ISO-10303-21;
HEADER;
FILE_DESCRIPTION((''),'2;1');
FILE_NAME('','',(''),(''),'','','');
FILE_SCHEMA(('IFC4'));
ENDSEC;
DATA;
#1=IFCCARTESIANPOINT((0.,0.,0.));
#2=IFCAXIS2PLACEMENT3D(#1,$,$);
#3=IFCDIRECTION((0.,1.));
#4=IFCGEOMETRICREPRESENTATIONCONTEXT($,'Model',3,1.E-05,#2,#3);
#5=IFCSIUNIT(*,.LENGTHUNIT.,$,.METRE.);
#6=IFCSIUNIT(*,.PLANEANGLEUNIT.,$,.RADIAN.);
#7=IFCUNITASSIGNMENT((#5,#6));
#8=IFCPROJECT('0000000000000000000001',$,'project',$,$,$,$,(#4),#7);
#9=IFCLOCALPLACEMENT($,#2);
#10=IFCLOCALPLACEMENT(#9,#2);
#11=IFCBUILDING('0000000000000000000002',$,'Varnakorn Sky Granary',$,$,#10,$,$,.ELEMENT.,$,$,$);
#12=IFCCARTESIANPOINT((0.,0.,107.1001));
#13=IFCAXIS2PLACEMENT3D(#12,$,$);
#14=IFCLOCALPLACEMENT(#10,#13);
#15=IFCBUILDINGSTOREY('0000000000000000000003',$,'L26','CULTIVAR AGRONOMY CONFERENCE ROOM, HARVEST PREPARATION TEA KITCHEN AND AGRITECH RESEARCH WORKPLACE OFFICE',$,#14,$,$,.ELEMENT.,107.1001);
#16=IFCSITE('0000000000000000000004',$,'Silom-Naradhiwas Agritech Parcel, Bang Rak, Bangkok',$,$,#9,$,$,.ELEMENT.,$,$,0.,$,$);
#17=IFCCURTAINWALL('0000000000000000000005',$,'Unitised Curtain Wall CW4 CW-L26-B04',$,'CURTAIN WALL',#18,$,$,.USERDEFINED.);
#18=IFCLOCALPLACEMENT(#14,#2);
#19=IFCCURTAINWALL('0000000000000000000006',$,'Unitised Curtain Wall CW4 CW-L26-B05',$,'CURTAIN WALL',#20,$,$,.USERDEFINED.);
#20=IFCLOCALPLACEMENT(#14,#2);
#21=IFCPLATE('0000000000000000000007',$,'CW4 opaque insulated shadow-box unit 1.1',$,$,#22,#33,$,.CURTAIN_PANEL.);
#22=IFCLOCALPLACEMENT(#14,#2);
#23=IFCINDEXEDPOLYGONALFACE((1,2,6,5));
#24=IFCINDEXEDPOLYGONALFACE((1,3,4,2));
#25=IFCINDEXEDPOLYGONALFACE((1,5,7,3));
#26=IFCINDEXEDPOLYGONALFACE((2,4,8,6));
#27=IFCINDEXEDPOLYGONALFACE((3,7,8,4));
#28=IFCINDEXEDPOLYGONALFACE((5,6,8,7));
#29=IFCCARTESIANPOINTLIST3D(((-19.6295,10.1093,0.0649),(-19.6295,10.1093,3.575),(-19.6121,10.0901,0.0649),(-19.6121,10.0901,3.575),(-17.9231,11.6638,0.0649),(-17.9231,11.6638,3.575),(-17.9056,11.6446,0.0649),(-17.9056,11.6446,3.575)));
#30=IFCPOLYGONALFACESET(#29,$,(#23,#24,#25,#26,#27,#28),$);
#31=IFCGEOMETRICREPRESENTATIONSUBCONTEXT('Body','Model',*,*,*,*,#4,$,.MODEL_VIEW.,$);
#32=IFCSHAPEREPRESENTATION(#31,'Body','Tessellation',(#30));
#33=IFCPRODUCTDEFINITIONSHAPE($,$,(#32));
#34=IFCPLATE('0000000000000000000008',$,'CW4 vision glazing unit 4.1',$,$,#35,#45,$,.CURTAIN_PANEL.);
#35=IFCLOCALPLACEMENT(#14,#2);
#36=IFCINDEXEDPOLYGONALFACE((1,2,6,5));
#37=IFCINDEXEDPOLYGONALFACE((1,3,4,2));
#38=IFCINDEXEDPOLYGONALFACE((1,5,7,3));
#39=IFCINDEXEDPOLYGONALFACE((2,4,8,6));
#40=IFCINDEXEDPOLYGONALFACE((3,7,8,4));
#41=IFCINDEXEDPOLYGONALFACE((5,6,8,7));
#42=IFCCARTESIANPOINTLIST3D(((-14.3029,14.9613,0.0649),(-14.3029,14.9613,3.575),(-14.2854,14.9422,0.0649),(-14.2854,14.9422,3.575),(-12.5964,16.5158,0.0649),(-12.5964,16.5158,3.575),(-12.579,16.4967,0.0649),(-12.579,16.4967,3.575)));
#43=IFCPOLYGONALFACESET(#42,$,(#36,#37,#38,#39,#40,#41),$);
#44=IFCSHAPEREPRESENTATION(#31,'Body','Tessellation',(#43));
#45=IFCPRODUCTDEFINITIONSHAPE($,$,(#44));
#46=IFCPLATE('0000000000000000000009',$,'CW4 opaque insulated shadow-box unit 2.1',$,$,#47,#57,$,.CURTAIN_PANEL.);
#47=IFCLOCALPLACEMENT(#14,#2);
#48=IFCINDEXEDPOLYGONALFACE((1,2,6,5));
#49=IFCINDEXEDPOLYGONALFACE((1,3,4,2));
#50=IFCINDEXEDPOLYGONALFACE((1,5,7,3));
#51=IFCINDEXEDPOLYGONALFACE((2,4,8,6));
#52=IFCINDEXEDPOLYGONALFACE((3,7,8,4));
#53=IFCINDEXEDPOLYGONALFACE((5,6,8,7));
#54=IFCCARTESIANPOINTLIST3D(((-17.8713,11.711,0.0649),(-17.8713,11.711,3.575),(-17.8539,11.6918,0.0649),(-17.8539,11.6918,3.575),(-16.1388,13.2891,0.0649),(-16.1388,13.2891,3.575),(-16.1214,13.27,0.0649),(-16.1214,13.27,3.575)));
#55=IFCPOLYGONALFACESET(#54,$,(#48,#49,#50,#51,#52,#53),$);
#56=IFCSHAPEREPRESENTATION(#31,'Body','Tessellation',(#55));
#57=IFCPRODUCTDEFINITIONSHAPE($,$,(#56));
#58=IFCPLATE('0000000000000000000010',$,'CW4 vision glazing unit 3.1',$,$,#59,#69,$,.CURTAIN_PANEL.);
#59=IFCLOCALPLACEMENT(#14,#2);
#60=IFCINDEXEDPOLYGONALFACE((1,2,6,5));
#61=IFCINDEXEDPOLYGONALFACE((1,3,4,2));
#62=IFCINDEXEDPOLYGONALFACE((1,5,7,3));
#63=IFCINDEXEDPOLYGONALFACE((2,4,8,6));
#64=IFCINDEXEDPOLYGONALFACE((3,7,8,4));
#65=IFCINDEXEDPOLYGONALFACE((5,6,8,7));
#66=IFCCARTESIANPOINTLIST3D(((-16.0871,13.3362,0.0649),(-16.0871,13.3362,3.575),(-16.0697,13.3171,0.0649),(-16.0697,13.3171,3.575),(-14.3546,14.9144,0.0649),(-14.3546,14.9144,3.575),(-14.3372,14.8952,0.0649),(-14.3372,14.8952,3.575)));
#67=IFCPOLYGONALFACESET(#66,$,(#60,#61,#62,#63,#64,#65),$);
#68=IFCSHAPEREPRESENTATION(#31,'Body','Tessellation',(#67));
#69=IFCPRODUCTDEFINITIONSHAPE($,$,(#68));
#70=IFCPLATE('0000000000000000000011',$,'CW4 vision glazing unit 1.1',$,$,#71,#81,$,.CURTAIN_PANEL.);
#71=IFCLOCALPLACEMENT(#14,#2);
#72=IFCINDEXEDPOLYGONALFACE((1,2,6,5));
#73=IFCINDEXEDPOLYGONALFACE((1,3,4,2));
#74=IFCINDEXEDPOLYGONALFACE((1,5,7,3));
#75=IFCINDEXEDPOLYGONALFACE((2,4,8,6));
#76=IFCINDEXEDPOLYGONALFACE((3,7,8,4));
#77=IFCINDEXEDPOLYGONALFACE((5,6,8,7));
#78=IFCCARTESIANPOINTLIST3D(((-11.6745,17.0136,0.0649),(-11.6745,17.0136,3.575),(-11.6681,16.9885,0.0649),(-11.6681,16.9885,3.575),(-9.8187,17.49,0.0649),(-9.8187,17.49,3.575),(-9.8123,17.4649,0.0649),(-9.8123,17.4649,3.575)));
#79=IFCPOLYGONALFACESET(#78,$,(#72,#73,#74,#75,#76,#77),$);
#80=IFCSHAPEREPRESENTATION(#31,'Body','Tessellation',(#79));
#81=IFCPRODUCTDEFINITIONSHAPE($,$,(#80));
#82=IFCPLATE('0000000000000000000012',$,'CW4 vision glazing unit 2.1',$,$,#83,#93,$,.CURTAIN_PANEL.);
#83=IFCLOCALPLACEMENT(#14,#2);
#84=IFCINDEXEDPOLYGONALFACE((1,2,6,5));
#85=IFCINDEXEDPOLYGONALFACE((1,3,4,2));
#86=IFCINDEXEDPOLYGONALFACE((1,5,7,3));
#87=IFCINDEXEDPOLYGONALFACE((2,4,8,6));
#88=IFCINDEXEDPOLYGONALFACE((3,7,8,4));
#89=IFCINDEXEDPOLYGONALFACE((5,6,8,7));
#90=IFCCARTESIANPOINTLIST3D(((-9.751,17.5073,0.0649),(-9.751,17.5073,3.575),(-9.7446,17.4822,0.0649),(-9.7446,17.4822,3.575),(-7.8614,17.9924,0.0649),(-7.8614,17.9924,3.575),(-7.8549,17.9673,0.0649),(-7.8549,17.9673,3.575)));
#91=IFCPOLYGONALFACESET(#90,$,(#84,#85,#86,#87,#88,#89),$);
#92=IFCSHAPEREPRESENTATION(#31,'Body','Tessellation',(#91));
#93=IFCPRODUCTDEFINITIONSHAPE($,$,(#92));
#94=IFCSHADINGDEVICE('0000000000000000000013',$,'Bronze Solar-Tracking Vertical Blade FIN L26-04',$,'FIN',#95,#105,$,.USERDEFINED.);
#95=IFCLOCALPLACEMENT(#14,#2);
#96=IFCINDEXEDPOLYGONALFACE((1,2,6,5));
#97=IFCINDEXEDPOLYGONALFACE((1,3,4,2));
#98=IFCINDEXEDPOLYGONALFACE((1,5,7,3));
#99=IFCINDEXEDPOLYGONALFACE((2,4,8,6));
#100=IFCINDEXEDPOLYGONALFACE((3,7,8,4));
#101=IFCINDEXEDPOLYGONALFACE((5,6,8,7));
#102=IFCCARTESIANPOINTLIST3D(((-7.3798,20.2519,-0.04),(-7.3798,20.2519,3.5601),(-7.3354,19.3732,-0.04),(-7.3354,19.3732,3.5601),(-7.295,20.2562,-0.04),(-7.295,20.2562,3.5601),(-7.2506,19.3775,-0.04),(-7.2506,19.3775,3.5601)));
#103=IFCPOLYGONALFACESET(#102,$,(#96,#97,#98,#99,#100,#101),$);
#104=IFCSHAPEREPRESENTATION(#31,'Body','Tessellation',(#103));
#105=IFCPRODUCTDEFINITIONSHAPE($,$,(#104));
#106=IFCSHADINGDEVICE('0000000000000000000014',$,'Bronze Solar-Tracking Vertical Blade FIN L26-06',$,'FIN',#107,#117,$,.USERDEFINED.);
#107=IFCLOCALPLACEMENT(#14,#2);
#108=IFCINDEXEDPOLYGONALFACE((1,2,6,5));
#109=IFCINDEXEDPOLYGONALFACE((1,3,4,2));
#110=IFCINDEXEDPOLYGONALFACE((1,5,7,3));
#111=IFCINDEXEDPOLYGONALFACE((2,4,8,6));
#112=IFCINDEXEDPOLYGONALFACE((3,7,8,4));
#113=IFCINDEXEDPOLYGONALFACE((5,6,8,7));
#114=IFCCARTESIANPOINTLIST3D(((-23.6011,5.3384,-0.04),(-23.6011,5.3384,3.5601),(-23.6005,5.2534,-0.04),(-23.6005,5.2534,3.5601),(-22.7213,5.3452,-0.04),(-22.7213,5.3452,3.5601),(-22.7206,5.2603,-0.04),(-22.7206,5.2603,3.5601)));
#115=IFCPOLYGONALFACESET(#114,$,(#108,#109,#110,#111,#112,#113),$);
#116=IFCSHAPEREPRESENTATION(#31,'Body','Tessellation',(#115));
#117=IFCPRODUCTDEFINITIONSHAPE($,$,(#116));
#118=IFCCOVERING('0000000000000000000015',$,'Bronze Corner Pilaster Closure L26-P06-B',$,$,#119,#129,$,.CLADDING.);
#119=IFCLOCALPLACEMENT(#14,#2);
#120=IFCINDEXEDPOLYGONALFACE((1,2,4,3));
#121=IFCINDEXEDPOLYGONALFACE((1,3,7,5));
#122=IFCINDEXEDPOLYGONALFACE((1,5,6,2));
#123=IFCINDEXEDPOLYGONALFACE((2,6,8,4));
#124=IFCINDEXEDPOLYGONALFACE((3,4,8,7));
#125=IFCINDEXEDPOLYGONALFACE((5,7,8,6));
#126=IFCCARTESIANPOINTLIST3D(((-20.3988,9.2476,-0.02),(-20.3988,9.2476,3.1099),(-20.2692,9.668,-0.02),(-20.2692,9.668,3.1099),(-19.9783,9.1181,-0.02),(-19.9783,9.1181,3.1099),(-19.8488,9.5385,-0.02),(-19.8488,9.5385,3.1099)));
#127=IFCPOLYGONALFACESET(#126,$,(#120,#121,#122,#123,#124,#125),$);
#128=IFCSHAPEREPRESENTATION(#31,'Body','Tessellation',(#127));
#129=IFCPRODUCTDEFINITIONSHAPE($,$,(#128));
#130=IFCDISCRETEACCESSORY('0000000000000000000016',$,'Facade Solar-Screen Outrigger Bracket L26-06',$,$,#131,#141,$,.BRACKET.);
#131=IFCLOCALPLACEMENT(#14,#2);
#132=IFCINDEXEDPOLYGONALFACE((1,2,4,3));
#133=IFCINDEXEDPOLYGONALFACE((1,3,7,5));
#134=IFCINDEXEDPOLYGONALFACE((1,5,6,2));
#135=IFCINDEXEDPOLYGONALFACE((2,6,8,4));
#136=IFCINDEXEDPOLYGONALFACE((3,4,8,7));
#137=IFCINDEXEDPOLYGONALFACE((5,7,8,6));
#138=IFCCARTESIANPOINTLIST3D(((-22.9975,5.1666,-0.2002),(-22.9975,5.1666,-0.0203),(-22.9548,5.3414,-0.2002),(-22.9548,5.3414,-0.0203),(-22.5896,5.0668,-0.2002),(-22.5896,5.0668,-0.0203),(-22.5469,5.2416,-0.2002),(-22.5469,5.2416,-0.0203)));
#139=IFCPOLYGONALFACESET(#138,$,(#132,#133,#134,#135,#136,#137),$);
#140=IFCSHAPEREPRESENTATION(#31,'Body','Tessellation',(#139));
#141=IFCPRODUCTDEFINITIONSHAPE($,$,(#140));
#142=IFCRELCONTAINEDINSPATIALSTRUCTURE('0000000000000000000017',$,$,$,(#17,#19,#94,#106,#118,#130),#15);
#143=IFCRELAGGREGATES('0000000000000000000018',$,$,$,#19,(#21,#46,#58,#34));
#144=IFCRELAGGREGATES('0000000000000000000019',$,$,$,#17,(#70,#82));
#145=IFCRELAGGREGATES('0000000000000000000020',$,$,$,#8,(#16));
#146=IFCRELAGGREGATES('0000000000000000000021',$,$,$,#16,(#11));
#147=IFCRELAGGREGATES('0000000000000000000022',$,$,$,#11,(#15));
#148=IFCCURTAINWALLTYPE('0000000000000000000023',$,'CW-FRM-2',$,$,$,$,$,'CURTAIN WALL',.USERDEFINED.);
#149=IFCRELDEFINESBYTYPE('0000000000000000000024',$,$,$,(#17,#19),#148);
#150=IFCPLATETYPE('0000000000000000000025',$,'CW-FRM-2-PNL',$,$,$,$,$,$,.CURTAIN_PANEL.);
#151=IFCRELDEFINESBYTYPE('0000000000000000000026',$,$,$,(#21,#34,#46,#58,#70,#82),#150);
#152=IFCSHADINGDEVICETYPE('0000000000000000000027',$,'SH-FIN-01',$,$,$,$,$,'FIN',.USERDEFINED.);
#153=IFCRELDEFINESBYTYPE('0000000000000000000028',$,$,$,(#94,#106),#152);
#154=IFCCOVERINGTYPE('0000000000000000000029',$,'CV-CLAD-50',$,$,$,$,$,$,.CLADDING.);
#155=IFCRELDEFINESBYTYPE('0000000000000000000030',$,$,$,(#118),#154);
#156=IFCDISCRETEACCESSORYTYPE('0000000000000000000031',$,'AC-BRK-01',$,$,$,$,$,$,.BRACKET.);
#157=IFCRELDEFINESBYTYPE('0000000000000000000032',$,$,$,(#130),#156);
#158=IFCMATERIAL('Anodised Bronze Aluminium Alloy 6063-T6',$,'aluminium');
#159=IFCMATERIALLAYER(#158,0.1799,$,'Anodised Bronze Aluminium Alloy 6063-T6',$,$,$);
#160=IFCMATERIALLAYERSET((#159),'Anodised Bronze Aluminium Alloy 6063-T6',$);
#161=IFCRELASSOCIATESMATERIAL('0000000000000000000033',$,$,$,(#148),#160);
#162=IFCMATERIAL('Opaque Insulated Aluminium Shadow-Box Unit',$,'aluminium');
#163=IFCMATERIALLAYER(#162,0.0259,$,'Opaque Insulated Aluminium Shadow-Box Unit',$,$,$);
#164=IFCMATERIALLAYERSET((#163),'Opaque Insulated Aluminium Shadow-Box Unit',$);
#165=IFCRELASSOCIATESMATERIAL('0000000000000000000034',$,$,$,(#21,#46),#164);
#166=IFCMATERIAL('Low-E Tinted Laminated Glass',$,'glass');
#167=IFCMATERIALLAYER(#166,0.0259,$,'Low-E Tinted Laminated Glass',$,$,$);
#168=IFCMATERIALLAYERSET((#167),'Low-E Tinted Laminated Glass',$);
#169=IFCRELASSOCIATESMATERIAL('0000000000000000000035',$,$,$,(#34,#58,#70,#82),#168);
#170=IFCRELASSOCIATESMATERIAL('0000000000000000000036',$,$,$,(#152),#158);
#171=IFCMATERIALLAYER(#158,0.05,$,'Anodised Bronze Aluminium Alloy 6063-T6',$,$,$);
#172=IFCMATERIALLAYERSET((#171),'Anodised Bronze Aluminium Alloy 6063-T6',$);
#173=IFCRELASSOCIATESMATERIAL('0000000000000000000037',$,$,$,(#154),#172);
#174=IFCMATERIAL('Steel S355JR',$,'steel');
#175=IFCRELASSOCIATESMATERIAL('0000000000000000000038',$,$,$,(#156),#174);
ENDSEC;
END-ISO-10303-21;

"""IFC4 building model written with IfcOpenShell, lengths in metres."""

from ifc_helpers import new_model, si_unit, direction, frame, origin, origin_2d, place, context, subcontext, project, spatial, rectangle, extrude, source, transform, mapped, material, layer, layer_set, type_object, type_shapes, element, aggregate, save


model = new_model("IFC4")

# Units and contexts
model_context = context("Model", 3, precision=1e-05, world=origin(), true_north=direction((0.0, 1.0)))
body_context = subcontext(model_context, "Body", "Model", "MODEL_VIEW")
ifc_project = project(units=[si_unit("LENGTHUNIT", "METRE"), si_unit("PLANEANGLEUNIT", "RADIAN")], contexts=[model_context])

# Site, building, storey
site_placement = place(None, origin())
site = spatial("IfcSite", under=ifc_project, at=site_placement, Name="Silom-Naradhiwas Agritech Parcel, Bang Rak, Bangkok", CompositionType="ELEMENT", RefElevation=0.0)
building_placement = place(site_placement, origin())
building = spatial("IfcBuilding", under=site, at=building_placement, Name="Varnakorn Sky Granary", CompositionType="ELEMENT")
storey_placement = place(building_placement, frame((0.0, 0.0, 107.1001)))
storey = spatial("IfcBuildingStorey", under=building, at=storey_placement, Name="L26", Description="CULTIVAR AGRONOMY CONFERENCE ROOM, HARVEST PREPARATION TEA KITCHEN AND AGRITECH RESEARCH WORKPLACE OFFICE", CompositionType="ELEMENT", Elevation=107.1001)

# Shared definitions
ifc_material_1 = material(Name="Steel S355JR", Category="steel")

# Curtain walls
ifc_material_2 = material(Name="Anodised Bronze Aluminium Alloy 6063-T6", Category="aluminium")
ifc_layer_1 = layer(ifc_material_2, 0.1799, Name="Anodised Bronze Aluminium Alloy 6063-T6")
ifc_layer_set_1 = layer_set([ifc_layer_1], Name="Anodised Bronze Aluminium Alloy 6063-T6")
curtain_wall_type = type_object("IfcCurtainWallType", Name="CW-FRM-2", ElementType="CURTAIN WALL", PredefinedType="USERDEFINED", material=ifc_layer_set_1)
curtain_wall_1_placement = place(storey_placement, origin())
curtain_wall_1 = element("IfcCurtainWall", 1, at=curtain_wall_1_placement, inside=storey, type_object=curtain_wall_type, Name="Unitised Curtain Wall CW4 CW-L26-B04", ObjectType="CURTAIN WALL", PredefinedType="USERDEFINED")
curtain_wall_2_placement = place(storey_placement, origin())
curtain_wall_2 = element("IfcCurtainWall", 2, at=curtain_wall_2_placement, inside=storey, type_object=curtain_wall_type, Name="Unitised Curtain Wall CW4 CW-L26-B05", ObjectType="CURTAIN WALL", PredefinedType="USERDEFINED")

# Plates
ifc_material_3 = material(Name="Opaque Insulated Aluminium Shadow-Box Unit", Category="aluminium")
ifc_layer_2 = layer(ifc_material_3, 0.0259, Name="Opaque Insulated Aluminium Shadow-Box Unit")
ifc_layer_set_2 = layer_set([ifc_layer_2], Name="Opaque Insulated Aluminium Shadow-Box Unit")
plate_type = type_object("IfcPlateType", Name="CW-FRM-2-PNL", PredefinedType="CURTAIN_PANEL")
shared_shape_1 = source(origin(), body_context, "Body", "SweptSolid", [
    extrude(rectangle(XDim=2.3083, YDim=0.0259, at=origin_2d()), origin(), (0.0, 0.0, 1.0), 3.51),
])
plate_1_placement = place(storey_placement, frame((-18.7676, 10.877, 0.0649), z_axis=(0.0, 0.0, 1.0), x_axis=(0.739265, 0.673414, 0.0)))
plate_1 = element("IfcPlate", 3, at=plate_1_placement, type_object=plate_type, material=ifc_layer_set_2, Name="CW4 opaque insulated shadow-box unit 1.1", PredefinedType="CURTAIN_PANEL", context=body_context, shape_type="MappedRepresentation", body=[
    mapped(shared_shape_1, transform((0.0, 0.0, 0.0), x_axis=(1.0, 0.0, 0.0), y_axis=(0.0, 1.0, 0.0), z_axis=(0.0, 0.0, 1.0), scale=1.0)),
])
ifc_material_4 = material(Name="Low-E Tinted Laminated Glass", Category="glass")
ifc_layer_3 = layer(ifc_material_4, 0.0259, Name="Low-E Tinted Laminated Glass")
ifc_layer_set_3 = layer_set([ifc_layer_3], Name="Low-E Tinted Laminated Glass")
plate_2_placement = place(storey_placement, frame((-13.4409, 15.729, 0.0649), z_axis=(0.0, 0.0, 1.0), x_axis=(0.739265, 0.673414, 0.0)))
plate_2 = element("IfcPlate", 4, at=plate_2_placement, type_object=plate_type, material=ifc_layer_set_3, Name="CW4 vision glazing unit 4.1", PredefinedType="CURTAIN_PANEL", context=body_context, shape_type="MappedRepresentation", body=[
    mapped(shared_shape_1, transform((0.0, 0.0, 0.0), x_axis=(1.0, 0.0, 0.0), y_axis=(0.0, 1.0, 0.0), z_axis=(0.0, 0.0, 1.0), scale=1.0)),
])
shared_shape_2 = source(origin(), body_context, "Body", "SweptSolid", [
    extrude(rectangle(XDim=2.3435, YDim=0.0259, at=origin_2d()), origin(), (0.0, 0.0, 1.0), 3.51),
])
plate_3_placement = place(storey_placement, frame((-16.9963, 12.4905, 0.0649), z_axis=(0.0, 0.0, 1.0), x_axis=(0.739265, 0.673414, 0.0)))
plate_3 = element("IfcPlate", 5, at=plate_3_placement, type_object=plate_type, material=ifc_layer_set_2, Name="CW4 opaque insulated shadow-box unit 2.1", PredefinedType="CURTAIN_PANEL", context=body_context, shape_type="MappedRepresentation", body=[
    mapped(shared_shape_2, transform((0.0, 0.0, 0.0), x_axis=(1.0, 0.0, 0.0), y_axis=(0.0, 1.0, 0.0), z_axis=(0.0, 0.0, 1.0), scale=1.0)),
])
plate_4_placement = place(storey_placement, frame((-15.2122, 14.1157, 0.0649), z_axis=(0.0, 0.0, 1.0), x_axis=(0.739265, 0.673414, 0.0)))
plate_4 = element("IfcPlate", 6, at=plate_4_placement, type_object=plate_type, material=ifc_layer_set_3, Name="CW4 vision glazing unit 3.1", PredefinedType="CURTAIN_PANEL", context=body_context, shape_type="MappedRepresentation", body=[
    mapped(shared_shape_2, transform((0.0, 0.0, 0.0), x_axis=(1.0, 0.0, 0.0), y_axis=(0.0, 1.0, 0.0), z_axis=(0.0, 0.0, 1.0), scale=1.0)),
])
aggregate(curtain_wall_2, [plate_1, plate_3, plate_4, plate_2])
shared_shape_3 = source(origin(), body_context, "Body", "SweptSolid", [
    extrude(rectangle(XDim=1.916, YDim=0.0259, at=origin_2d()), origin(), (0.0, 0.0, 1.0), 3.51),
])
plate_5_placement = place(storey_placement, frame((-10.7434, 17.2393, 0.0649), z_axis=(0.0, 0.0, 1.0), x_axis=(0.968597, 0.248636, 0.0)))
plate_5 = element("IfcPlate", 7, at=plate_5_placement, type_object=plate_type, material=ifc_layer_set_3, Name="CW4 vision glazing unit 1.1", PredefinedType="CURTAIN_PANEL", context=body_context, shape_type="MappedRepresentation", body=[
    mapped(shared_shape_3, transform((0.0, 0.0, 0.0), x_axis=(1.0, 0.0, 0.0), y_axis=(0.0, 1.0, 0.0), z_axis=(0.0, 0.0, 1.0), scale=1.0)),
])
shared_shape_4 = source(origin(), body_context, "Body", "SweptSolid", [
    extrude(rectangle(XDim=1.9509, YDim=0.0259, at=origin_2d()), origin(), (0.0, 0.0, 1.0), 3.51),
])
type_shapes(plate_type, [shared_shape_1, shared_shape_2, shared_shape_3, shared_shape_4])
plate_6_placement = place(storey_placement, frame((-8.803, 17.7373, 0.0649), z_axis=(0.0, 0.0, 1.0), x_axis=(0.968597, 0.248636, 0.0)))
plate_6 = element("IfcPlate", 8, at=plate_6_placement, type_object=plate_type, material=ifc_layer_set_3, Name="CW4 vision glazing unit 2.1", PredefinedType="CURTAIN_PANEL", context=body_context, shape_type="MappedRepresentation", body=[
    mapped(shared_shape_4, transform((0.0, 0.0, 0.0), x_axis=(1.0, 0.0, 0.0), y_axis=(0.0, 1.0, 0.0), z_axis=(0.0, 0.0, 1.0), scale=1.0)),
])
aggregate(curtain_wall_1, [plate_5, plate_6])

# Shading devices
shading_device_type = type_object("IfcShadingDeviceType", Name="SH-FIN-01", ElementType="FIN", PredefinedType="USERDEFINED", material=ifc_material_2)
shared_shape_5 = source(origin(), body_context, "Body", "SweptSolid", [
    extrude(rectangle(XDim=0.085, YDim=0.8799, at=origin_2d()), origin(), (0.0, 0.0, 1.0), 3.6001),
])
type_shapes(shading_device_type, [shared_shape_5])
for number, where, z_axis, x_axis, name in (
    (9, (-7.3152, 19.8147, -0.04), (0.0, 0.0, 1.0), (-0.998725, -0.050477, 0.0), "Bronze Solar-Tracking Vertical Blade FIN L26-04"),
    (10, (-23.1609, 5.2993, -0.04), (0.0, 0.0, 1.0), (0.007783, -0.99997, 0.0), "Bronze Solar-Tracking Vertical Blade FIN L26-06"),
):
    element("IfcShadingDevice", number, at=place(storey_placement, frame(where, z_axis=z_axis, x_axis=x_axis)), inside=storey, type_object=shading_device_type, Name=name, ObjectType="FIN", PredefinedType="USERDEFINED", context=body_context, shape_type="MappedRepresentation", body=[
        mapped(shared_shape_5, transform((0.0, 0.0, 0.0), x_axis=(1.0, 0.0, 0.0), y_axis=(0.0, 1.0, 0.0), z_axis=(0.0, 0.0, 1.0), scale=1.0)),
    ])

# Covering
ifc_layer_4 = layer(ifc_material_2, 0.05, Name="Anodised Bronze Aluminium Alloy 6063-T6")
ifc_layer_set_4 = layer_set([ifc_layer_4], Name="Anodised Bronze Aluminium Alloy 6063-T6")
covering_type = type_object("IfcCoveringType", Name="CV-CLAD-50", PredefinedType="CLADDING", material=ifc_layer_set_4)
shared_shape_6 = source(origin(), body_context, "Body", "SweptSolid", [
    extrude(rectangle(XDim=0.4399, YDim=0.4399, at=origin_2d()), origin(), (0.0, 0.0, 1.0), 3.1299),
])
type_shapes(covering_type, [shared_shape_6])
covering_placement = place(storey_placement, frame((-20.1238, 9.3931, -0.02), z_axis=(0.0, 0.0, 1.0), x_axis=(0.294374, 0.95569, 0.0)))
element("IfcCovering", 11, at=covering_placement, inside=storey, type_object=covering_type, Name="Bronze Corner Pilaster Closure L26-P06-B", PredefinedType="CLADDING", context=body_context, shape_type="MappedRepresentation", body=[
    mapped(shared_shape_6, transform((0.0, 0.0, 0.0), x_axis=(1.0, 0.0, 0.0), y_axis=(0.0, 1.0, 0.0), z_axis=(0.0, 0.0, 1.0), scale=1.0)),
])

# Discrete accessory
discrete_accessory_type = type_object("IfcDiscreteAccessoryType", Name="AC-BRK-01", PredefinedType="BRACKET", material=ifc_material_1)
shared_shape_7 = source(origin(), body_context, "Body", "SweptSolid", [
    extrude(rectangle(XDim=0.1799, YDim=0.4199, at=origin_2d()), origin(), (0.0, 0.0, 1.0), 0.1799),
])
type_shapes(discrete_accessory_type, [shared_shape_7])
discrete_accessory_placement = place(storey_placement, frame((-22.7722, 5.2041, -0.2002), z_axis=(0.0, 0.0, 1.0), x_axis=(-0.237635, -0.971354, 0.0)))
element("IfcDiscreteAccessory", 12, at=discrete_accessory_placement, inside=storey, type_object=discrete_accessory_type, Name="Facade Solar-Screen Outrigger Bracket L26-06", PredefinedType="BRACKET", context=body_context, shape_type="MappedRepresentation", body=[
    mapped(shared_shape_7, transform((0.0, 0.0, 0.0), x_axis=(1.0, 0.0, 0.0), y_axis=(0.0, 1.0, 0.0), z_axis=(0.0, 0.0, 1.0), scale=1.0)),
])

save(model, "model.ifc")
